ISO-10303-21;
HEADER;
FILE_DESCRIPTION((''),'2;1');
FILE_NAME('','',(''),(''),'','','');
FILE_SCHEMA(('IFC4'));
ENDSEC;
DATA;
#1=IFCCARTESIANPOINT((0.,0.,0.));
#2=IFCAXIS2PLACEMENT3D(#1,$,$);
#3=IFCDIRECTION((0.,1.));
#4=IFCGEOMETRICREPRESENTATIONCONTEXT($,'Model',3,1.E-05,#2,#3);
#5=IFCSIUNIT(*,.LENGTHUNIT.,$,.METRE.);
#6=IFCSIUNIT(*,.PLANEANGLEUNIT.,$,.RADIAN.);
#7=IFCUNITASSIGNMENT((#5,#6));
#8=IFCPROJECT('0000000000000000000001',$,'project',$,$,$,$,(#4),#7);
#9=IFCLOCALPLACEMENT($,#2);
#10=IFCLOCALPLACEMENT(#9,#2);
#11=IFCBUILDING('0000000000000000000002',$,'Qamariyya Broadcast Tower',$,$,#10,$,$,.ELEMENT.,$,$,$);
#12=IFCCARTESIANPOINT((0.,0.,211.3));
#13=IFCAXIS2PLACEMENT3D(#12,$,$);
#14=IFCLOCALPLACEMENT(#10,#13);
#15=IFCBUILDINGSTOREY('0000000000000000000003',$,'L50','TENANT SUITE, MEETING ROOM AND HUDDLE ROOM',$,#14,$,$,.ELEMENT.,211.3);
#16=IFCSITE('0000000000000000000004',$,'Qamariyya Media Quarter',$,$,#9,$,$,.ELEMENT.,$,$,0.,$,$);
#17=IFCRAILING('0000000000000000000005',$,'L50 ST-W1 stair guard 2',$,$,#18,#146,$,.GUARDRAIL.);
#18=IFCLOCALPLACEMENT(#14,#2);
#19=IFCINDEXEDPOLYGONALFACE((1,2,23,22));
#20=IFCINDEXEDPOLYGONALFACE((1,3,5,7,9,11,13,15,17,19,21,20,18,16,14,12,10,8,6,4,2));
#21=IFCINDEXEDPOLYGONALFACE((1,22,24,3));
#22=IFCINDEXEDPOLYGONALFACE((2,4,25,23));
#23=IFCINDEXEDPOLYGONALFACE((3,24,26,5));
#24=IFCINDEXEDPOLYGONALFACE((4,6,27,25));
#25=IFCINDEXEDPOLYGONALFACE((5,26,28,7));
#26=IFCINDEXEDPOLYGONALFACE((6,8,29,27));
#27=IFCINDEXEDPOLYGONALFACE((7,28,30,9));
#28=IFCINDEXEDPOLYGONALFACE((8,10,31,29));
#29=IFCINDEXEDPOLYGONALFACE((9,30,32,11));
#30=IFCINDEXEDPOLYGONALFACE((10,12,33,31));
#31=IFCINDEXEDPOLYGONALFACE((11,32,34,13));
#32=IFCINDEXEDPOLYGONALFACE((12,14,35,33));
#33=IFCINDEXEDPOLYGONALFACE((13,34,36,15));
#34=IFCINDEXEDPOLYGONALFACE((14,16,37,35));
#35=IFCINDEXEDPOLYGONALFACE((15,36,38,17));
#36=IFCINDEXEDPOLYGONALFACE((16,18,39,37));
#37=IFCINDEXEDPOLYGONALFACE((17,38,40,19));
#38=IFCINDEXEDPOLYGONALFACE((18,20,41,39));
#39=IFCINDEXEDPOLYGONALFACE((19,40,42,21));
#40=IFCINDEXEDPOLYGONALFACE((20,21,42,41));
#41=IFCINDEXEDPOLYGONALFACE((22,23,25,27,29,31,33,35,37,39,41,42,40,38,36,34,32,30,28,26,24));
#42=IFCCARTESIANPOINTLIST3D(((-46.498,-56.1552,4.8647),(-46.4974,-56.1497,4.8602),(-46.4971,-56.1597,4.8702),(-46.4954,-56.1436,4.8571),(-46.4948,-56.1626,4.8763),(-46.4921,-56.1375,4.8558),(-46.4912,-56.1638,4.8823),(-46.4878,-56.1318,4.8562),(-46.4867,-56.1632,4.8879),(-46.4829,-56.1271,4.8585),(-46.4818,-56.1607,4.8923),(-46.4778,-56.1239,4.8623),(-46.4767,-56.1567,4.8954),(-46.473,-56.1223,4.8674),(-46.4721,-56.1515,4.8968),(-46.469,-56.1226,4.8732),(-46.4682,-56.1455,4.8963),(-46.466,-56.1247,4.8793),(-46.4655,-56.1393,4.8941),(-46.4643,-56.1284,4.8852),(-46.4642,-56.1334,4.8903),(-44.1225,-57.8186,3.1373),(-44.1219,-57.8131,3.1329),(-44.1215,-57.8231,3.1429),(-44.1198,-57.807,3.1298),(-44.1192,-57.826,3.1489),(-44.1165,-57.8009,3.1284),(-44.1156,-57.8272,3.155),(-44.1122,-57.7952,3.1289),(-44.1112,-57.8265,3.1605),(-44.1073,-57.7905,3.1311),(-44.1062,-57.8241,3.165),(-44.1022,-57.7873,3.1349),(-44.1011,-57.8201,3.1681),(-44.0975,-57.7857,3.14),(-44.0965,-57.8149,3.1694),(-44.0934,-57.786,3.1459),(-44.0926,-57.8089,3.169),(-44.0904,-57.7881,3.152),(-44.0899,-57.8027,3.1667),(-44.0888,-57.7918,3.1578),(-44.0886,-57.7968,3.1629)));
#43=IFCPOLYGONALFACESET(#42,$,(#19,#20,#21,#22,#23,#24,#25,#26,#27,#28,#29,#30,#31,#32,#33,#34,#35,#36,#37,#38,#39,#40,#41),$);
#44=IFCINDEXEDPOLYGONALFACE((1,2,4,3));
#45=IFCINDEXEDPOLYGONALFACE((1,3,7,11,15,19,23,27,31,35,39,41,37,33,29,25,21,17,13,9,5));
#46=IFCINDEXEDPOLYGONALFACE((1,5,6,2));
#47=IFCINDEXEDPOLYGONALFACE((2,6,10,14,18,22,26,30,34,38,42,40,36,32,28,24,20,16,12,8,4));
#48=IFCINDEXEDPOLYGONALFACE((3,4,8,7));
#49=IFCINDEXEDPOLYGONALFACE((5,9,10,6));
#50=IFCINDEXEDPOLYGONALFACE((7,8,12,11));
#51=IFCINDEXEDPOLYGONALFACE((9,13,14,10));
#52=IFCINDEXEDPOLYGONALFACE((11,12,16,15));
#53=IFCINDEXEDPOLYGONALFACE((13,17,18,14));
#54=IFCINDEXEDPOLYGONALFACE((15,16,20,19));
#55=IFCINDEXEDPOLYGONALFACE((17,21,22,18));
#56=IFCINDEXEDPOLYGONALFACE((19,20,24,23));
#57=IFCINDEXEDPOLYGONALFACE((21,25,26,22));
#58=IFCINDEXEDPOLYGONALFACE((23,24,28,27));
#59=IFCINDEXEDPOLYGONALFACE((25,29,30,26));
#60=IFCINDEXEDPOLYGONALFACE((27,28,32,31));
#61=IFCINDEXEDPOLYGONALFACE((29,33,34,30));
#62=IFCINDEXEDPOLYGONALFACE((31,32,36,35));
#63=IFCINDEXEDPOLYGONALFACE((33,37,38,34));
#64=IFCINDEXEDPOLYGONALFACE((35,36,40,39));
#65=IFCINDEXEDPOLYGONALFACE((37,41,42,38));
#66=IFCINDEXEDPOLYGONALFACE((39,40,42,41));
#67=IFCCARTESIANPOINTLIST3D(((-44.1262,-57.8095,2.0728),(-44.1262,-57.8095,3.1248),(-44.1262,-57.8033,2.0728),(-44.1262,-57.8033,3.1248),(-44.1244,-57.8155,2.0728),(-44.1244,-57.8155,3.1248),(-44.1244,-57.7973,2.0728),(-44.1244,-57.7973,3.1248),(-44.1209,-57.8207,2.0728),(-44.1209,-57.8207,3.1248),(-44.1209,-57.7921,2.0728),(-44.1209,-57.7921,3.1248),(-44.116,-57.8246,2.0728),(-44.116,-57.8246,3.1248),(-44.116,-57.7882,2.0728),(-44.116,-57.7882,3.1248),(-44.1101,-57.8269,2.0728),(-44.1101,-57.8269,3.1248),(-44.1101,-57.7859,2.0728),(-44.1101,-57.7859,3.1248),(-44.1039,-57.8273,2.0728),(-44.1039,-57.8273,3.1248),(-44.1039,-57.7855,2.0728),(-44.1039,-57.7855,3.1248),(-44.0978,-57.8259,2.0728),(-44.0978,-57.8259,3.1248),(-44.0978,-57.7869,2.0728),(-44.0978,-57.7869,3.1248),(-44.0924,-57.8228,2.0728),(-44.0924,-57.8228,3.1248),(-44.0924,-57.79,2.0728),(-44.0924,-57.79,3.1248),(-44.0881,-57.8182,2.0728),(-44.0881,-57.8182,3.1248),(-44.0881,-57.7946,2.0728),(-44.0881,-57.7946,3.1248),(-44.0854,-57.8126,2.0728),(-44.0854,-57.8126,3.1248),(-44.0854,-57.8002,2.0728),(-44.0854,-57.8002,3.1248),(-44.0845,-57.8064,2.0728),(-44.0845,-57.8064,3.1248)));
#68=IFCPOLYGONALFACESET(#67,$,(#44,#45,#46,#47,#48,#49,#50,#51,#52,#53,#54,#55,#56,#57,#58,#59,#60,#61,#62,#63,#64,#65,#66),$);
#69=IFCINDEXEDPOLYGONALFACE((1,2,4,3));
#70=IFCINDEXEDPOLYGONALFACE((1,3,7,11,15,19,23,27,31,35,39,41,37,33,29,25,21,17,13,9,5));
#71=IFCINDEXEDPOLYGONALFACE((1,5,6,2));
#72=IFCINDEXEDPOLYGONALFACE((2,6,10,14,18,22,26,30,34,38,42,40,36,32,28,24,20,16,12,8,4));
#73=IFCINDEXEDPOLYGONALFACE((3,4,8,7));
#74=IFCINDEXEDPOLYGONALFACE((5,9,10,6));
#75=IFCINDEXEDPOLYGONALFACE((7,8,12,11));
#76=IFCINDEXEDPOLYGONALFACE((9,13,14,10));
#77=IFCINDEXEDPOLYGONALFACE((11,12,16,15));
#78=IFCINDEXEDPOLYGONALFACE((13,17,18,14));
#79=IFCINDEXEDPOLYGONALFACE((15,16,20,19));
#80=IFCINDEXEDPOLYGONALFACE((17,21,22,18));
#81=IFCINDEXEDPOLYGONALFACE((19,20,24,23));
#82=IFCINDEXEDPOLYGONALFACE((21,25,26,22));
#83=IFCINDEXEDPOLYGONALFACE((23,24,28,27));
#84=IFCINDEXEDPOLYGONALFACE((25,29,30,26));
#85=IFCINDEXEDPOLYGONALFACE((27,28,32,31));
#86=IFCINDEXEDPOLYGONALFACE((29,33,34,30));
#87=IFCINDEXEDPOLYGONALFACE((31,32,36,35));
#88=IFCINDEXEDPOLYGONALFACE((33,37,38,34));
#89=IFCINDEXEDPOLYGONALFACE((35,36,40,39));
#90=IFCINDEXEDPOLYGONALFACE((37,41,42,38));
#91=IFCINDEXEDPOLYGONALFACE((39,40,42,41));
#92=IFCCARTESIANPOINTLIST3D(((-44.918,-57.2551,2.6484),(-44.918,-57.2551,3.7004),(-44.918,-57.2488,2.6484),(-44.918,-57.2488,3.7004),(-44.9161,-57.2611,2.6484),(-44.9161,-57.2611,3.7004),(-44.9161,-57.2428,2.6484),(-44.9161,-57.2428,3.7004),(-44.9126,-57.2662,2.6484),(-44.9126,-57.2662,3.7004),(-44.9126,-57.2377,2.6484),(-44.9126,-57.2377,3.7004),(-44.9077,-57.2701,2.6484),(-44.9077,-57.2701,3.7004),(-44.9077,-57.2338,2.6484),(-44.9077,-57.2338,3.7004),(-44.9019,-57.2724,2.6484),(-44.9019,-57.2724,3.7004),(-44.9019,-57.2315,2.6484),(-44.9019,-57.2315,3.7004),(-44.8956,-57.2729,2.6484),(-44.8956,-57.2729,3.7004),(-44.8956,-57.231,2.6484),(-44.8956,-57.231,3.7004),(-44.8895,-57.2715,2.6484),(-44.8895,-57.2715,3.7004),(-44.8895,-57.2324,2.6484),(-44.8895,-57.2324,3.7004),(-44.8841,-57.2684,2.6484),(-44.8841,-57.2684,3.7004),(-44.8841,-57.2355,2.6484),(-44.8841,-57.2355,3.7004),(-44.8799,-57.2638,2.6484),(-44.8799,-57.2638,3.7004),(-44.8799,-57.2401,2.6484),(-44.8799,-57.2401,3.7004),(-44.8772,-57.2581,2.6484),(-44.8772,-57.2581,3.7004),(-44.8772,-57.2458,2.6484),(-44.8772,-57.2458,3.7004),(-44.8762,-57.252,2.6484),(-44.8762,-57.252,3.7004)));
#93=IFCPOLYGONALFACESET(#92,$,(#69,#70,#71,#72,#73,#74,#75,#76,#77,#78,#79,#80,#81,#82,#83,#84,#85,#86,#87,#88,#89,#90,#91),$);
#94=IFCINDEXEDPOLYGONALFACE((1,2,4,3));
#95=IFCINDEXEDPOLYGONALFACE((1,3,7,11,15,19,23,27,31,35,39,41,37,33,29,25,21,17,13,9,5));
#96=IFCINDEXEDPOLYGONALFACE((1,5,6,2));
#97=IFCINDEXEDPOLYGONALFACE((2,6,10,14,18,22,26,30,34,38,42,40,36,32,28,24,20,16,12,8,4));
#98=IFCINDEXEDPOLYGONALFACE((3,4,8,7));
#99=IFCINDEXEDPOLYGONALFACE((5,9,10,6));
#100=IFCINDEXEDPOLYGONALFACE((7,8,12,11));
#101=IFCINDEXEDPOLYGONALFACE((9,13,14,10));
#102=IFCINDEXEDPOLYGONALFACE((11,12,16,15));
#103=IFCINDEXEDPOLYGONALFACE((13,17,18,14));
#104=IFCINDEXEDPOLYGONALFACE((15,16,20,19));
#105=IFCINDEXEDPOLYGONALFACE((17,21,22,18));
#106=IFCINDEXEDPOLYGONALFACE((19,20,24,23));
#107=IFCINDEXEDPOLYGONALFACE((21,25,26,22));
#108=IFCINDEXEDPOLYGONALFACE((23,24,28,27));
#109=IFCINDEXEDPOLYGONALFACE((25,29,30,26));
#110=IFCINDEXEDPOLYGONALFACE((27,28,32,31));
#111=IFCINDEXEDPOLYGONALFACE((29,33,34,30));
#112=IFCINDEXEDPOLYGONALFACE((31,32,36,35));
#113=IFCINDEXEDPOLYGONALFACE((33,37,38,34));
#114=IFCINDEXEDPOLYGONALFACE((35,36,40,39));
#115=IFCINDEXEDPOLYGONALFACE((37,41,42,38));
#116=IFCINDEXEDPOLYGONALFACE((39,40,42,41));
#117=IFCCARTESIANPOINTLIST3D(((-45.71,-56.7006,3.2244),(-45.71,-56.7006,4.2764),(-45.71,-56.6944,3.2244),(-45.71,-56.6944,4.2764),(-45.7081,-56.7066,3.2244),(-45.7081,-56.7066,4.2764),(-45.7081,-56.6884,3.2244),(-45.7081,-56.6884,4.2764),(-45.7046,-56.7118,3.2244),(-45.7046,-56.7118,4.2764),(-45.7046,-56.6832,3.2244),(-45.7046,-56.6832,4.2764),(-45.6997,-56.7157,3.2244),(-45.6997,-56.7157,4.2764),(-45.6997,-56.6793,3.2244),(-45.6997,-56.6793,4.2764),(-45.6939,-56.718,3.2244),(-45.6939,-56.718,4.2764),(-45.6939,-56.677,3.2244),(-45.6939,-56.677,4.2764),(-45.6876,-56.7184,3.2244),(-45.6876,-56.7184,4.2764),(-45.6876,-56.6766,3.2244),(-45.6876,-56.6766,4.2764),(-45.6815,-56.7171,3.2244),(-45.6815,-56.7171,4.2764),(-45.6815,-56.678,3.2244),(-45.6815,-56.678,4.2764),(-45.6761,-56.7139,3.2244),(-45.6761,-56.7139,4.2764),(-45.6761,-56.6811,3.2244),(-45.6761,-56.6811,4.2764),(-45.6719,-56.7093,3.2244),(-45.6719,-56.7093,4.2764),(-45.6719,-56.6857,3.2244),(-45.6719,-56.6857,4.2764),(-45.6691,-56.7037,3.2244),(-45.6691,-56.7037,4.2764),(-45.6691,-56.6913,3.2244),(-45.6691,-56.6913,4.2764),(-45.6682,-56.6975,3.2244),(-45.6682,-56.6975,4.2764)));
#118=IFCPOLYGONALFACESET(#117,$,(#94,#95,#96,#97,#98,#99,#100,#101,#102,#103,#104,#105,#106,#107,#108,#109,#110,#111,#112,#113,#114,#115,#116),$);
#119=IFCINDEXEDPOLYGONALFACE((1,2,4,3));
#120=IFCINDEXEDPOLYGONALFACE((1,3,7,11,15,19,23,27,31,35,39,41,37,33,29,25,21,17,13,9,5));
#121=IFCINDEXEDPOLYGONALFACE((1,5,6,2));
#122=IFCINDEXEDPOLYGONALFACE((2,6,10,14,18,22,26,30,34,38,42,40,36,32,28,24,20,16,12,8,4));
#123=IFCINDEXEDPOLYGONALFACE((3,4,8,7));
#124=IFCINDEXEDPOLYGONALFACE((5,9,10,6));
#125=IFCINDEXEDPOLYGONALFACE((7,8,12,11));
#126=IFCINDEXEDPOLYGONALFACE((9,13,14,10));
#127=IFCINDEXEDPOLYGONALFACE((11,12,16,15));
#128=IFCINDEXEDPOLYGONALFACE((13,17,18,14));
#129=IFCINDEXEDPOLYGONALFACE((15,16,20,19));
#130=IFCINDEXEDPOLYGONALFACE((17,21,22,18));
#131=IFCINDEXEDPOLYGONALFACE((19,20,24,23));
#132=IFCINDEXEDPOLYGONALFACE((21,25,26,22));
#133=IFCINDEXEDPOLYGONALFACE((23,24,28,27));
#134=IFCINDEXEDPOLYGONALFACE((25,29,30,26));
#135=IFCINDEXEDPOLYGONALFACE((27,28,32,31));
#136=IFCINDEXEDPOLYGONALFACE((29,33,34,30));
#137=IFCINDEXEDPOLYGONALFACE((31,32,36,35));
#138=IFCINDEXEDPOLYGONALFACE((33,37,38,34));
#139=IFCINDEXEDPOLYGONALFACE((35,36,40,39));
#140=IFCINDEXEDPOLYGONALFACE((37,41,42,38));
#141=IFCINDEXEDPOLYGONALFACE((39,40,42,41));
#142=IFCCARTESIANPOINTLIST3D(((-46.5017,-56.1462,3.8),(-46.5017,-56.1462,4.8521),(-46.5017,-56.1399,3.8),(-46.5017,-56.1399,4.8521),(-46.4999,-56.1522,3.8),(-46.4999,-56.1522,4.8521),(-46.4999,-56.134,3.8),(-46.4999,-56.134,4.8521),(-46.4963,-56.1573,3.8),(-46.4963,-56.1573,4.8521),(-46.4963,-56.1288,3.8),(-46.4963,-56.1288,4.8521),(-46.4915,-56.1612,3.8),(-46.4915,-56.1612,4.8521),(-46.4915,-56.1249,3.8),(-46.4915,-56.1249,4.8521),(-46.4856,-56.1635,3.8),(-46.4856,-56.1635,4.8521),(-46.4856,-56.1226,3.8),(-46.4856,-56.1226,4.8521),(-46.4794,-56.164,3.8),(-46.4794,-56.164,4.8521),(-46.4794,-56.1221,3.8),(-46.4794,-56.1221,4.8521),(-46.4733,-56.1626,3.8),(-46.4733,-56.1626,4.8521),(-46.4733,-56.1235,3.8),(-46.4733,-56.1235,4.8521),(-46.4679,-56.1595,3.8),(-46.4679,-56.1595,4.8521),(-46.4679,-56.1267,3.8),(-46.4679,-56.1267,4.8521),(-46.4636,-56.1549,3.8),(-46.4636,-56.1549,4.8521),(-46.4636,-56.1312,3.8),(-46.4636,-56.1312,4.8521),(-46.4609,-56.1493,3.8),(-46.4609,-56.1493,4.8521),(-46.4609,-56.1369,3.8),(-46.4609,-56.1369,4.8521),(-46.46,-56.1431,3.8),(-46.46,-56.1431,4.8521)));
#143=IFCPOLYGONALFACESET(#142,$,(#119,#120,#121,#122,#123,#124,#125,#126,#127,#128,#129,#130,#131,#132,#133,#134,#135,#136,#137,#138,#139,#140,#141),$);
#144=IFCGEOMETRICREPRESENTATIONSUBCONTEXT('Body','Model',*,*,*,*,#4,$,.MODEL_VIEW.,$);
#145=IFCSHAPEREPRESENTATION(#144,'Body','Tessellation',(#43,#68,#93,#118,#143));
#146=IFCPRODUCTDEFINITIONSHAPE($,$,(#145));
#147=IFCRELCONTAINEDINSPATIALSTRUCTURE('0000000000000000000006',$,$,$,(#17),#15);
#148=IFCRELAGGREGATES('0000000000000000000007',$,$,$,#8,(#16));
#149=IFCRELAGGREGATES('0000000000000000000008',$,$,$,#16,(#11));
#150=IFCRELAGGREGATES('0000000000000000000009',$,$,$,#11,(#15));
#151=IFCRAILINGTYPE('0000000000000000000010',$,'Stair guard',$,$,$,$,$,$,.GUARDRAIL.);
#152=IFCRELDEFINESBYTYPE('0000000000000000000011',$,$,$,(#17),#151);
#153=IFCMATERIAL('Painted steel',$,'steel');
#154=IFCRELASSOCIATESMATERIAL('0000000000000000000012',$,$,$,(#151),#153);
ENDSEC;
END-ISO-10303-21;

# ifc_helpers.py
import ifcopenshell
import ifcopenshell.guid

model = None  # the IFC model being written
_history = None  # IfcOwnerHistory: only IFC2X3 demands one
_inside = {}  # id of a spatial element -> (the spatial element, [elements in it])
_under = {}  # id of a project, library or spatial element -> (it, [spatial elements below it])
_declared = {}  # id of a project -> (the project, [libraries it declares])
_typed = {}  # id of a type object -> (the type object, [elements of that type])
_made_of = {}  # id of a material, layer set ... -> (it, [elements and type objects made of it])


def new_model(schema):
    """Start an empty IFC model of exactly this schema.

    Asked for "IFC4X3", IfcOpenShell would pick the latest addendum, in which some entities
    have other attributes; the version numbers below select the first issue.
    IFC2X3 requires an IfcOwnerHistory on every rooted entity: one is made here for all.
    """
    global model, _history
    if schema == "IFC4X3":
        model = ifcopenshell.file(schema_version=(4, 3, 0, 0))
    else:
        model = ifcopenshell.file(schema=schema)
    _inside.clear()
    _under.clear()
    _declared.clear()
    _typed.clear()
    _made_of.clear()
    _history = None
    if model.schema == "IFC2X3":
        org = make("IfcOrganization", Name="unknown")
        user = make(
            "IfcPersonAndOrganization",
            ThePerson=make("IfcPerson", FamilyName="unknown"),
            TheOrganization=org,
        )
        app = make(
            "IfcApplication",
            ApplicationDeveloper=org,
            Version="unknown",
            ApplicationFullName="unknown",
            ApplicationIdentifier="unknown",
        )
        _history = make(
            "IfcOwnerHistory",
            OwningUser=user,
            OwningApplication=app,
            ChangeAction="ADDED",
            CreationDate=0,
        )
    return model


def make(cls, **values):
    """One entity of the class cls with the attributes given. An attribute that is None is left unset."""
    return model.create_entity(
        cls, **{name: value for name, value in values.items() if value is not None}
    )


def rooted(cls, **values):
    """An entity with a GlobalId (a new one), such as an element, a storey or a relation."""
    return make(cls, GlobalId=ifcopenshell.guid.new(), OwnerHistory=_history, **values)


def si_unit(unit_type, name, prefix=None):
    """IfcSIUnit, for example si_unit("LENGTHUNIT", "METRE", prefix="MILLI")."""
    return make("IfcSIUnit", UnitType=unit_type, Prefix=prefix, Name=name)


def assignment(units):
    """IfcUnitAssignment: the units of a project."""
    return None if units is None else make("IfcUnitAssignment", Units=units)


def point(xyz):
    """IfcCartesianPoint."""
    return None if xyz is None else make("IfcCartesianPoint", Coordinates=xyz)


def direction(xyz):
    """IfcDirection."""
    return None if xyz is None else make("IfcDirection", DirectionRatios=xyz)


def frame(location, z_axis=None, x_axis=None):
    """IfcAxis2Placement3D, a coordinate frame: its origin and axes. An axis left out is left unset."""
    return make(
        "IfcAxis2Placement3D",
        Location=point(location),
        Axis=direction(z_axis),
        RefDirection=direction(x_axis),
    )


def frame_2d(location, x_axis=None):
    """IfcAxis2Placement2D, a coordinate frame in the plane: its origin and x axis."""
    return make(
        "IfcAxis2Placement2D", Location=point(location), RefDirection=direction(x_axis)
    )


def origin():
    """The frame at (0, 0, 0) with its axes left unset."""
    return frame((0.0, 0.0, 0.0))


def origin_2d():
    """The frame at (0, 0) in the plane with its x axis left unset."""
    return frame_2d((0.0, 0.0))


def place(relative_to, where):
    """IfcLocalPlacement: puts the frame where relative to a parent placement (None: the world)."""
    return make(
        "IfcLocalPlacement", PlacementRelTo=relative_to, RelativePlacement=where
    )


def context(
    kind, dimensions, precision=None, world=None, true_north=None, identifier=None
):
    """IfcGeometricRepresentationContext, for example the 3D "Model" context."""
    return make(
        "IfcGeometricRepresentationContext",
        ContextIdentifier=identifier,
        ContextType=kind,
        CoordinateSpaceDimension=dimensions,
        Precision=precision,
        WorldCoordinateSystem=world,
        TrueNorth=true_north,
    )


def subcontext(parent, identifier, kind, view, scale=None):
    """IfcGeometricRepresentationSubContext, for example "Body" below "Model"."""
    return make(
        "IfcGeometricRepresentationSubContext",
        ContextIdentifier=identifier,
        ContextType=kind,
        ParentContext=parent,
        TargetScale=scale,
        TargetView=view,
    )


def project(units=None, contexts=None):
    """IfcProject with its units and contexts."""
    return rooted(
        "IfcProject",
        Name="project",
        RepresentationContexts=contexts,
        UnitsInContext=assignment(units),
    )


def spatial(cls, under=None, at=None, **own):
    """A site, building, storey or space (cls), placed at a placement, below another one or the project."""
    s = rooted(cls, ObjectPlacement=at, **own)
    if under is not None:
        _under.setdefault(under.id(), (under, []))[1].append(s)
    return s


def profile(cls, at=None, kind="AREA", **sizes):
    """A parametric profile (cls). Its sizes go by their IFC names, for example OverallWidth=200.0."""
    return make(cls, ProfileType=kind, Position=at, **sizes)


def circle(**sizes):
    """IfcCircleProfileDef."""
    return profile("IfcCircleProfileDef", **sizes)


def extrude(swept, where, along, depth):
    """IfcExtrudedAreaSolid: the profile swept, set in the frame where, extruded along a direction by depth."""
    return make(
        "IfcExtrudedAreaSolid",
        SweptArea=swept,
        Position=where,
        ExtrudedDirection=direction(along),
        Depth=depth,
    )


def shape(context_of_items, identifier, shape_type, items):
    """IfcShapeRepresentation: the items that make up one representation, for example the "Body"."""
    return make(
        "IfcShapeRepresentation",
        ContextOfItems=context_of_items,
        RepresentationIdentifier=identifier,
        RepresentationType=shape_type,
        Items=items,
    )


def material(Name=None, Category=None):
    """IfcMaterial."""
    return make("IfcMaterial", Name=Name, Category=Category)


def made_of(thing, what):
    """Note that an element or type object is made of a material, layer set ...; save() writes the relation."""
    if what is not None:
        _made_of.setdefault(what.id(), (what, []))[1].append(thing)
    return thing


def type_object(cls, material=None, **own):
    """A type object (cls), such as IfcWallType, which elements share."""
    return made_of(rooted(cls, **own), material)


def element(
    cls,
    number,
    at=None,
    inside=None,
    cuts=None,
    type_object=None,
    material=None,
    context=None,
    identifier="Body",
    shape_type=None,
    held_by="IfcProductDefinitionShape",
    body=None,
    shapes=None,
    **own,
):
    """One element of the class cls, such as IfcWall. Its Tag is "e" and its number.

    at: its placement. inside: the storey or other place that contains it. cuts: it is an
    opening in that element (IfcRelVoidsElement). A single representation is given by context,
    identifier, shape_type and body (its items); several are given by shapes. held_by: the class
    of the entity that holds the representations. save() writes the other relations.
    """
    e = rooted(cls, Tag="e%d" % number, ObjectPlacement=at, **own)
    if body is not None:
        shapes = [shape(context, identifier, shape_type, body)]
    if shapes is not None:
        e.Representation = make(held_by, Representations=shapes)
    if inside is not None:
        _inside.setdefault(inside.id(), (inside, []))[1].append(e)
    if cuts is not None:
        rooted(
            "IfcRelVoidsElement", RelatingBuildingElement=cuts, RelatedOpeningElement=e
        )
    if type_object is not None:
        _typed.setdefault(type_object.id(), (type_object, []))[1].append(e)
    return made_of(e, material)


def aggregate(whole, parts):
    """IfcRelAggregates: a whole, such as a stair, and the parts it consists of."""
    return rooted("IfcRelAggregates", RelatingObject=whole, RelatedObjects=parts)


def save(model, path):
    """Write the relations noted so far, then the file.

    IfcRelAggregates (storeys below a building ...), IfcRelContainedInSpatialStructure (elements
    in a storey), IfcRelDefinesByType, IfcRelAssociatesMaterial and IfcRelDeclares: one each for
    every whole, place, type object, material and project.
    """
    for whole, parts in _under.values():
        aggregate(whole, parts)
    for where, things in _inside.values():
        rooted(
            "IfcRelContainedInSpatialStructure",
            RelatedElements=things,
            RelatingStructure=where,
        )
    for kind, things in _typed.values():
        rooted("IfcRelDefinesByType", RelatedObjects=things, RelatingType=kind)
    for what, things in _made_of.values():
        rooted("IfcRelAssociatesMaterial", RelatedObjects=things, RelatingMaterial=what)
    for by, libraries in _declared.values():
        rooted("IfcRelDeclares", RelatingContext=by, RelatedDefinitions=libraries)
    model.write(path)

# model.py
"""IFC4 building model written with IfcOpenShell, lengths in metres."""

from ifc_helpers import new_model, si_unit, direction, frame, origin, origin_2d, place, context, subcontext, project, spatial, circle, extrude, material, type_object, element, save


model = new_model("IFC4")

# Units and contexts
model_context = context("Model", 3, precision=1e-05, world=origin(), true_north=direction((0.0, 1.0)))
body_context = subcontext(model_context, "Body", "Model", "MODEL_VIEW")
ifc_project = project(units=[si_unit("LENGTHUNIT", "METRE"), si_unit("PLANEANGLEUNIT", "RADIAN")], contexts=[model_context])

# Site, building, storey
site_placement = place(None, origin())
site = spatial("IfcSite", under=ifc_project, at=site_placement, Name="Qamariyya Media Quarter", CompositionType="ELEMENT", RefElevation=0.0)
building_placement = place(site_placement, origin())
building = spatial("IfcBuilding", under=site, at=building_placement, Name="Qamariyya Broadcast Tower", CompositionType="ELEMENT")
storey_placement = place(building_placement, frame((0.0, 0.0, 211.3)))
storey = spatial("IfcBuildingStorey", under=building, at=storey_placement, Name="L50", Description="TENANT SUITE, MEETING ROOM AND HUDDLE ROOM", CompositionType="ELEMENT", Elevation=211.3)

# Railing
ifc_material_1 = material(Name="Painted steel", Category="steel")
railing_type_1 = type_object("IfcRailingType", Name="Stair guard", PredefinedType="GUARDRAIL", material=ifc_material_1)
railing_1_placement = place(storey_placement, frame((-44.1055, -57.8064, 2.0728)))
element("IfcRailing", 1, at=railing_1_placement, inside=storey, type_object=railing_type_1, Name="L50 ST-W1 stair guard 2", PredefinedType="GUARDRAIL", context=body_context, shape_type="SweptSolid", body=[
    extrude(circle(Radius=0.0239, at=origin_2d()), frame((0.0, 0.0, 1.0762), z_axis=(-0.70377, 0.492784, 0.511734), x_axis=(-0.573575, -0.819153, 0.0)), (0.0, 0.0, 1.0), 3.3755),
    extrude(circle(Radius=0.021, at=origin_2d()), origin(), (0.0, 0.0, 1.0), 1.052),
    extrude(circle(Radius=0.021, at=origin_2d()), frame((-0.7917, 0.5544, 0.5757)), (0.0, 0.0, 1.0), 1.052),
    extrude(circle(Radius=0.021, at=origin_2d()), frame((-1.5837, 1.1089, 1.1516)), (0.0, 0.0, 1.0), 1.052),
    extrude(circle(Radius=0.021, at=origin_2d()), frame((-2.3755, 1.6633, 1.7273)), (0.0, 0.0, 1.0), 1.052),
])

save(model, "model.ifc")
